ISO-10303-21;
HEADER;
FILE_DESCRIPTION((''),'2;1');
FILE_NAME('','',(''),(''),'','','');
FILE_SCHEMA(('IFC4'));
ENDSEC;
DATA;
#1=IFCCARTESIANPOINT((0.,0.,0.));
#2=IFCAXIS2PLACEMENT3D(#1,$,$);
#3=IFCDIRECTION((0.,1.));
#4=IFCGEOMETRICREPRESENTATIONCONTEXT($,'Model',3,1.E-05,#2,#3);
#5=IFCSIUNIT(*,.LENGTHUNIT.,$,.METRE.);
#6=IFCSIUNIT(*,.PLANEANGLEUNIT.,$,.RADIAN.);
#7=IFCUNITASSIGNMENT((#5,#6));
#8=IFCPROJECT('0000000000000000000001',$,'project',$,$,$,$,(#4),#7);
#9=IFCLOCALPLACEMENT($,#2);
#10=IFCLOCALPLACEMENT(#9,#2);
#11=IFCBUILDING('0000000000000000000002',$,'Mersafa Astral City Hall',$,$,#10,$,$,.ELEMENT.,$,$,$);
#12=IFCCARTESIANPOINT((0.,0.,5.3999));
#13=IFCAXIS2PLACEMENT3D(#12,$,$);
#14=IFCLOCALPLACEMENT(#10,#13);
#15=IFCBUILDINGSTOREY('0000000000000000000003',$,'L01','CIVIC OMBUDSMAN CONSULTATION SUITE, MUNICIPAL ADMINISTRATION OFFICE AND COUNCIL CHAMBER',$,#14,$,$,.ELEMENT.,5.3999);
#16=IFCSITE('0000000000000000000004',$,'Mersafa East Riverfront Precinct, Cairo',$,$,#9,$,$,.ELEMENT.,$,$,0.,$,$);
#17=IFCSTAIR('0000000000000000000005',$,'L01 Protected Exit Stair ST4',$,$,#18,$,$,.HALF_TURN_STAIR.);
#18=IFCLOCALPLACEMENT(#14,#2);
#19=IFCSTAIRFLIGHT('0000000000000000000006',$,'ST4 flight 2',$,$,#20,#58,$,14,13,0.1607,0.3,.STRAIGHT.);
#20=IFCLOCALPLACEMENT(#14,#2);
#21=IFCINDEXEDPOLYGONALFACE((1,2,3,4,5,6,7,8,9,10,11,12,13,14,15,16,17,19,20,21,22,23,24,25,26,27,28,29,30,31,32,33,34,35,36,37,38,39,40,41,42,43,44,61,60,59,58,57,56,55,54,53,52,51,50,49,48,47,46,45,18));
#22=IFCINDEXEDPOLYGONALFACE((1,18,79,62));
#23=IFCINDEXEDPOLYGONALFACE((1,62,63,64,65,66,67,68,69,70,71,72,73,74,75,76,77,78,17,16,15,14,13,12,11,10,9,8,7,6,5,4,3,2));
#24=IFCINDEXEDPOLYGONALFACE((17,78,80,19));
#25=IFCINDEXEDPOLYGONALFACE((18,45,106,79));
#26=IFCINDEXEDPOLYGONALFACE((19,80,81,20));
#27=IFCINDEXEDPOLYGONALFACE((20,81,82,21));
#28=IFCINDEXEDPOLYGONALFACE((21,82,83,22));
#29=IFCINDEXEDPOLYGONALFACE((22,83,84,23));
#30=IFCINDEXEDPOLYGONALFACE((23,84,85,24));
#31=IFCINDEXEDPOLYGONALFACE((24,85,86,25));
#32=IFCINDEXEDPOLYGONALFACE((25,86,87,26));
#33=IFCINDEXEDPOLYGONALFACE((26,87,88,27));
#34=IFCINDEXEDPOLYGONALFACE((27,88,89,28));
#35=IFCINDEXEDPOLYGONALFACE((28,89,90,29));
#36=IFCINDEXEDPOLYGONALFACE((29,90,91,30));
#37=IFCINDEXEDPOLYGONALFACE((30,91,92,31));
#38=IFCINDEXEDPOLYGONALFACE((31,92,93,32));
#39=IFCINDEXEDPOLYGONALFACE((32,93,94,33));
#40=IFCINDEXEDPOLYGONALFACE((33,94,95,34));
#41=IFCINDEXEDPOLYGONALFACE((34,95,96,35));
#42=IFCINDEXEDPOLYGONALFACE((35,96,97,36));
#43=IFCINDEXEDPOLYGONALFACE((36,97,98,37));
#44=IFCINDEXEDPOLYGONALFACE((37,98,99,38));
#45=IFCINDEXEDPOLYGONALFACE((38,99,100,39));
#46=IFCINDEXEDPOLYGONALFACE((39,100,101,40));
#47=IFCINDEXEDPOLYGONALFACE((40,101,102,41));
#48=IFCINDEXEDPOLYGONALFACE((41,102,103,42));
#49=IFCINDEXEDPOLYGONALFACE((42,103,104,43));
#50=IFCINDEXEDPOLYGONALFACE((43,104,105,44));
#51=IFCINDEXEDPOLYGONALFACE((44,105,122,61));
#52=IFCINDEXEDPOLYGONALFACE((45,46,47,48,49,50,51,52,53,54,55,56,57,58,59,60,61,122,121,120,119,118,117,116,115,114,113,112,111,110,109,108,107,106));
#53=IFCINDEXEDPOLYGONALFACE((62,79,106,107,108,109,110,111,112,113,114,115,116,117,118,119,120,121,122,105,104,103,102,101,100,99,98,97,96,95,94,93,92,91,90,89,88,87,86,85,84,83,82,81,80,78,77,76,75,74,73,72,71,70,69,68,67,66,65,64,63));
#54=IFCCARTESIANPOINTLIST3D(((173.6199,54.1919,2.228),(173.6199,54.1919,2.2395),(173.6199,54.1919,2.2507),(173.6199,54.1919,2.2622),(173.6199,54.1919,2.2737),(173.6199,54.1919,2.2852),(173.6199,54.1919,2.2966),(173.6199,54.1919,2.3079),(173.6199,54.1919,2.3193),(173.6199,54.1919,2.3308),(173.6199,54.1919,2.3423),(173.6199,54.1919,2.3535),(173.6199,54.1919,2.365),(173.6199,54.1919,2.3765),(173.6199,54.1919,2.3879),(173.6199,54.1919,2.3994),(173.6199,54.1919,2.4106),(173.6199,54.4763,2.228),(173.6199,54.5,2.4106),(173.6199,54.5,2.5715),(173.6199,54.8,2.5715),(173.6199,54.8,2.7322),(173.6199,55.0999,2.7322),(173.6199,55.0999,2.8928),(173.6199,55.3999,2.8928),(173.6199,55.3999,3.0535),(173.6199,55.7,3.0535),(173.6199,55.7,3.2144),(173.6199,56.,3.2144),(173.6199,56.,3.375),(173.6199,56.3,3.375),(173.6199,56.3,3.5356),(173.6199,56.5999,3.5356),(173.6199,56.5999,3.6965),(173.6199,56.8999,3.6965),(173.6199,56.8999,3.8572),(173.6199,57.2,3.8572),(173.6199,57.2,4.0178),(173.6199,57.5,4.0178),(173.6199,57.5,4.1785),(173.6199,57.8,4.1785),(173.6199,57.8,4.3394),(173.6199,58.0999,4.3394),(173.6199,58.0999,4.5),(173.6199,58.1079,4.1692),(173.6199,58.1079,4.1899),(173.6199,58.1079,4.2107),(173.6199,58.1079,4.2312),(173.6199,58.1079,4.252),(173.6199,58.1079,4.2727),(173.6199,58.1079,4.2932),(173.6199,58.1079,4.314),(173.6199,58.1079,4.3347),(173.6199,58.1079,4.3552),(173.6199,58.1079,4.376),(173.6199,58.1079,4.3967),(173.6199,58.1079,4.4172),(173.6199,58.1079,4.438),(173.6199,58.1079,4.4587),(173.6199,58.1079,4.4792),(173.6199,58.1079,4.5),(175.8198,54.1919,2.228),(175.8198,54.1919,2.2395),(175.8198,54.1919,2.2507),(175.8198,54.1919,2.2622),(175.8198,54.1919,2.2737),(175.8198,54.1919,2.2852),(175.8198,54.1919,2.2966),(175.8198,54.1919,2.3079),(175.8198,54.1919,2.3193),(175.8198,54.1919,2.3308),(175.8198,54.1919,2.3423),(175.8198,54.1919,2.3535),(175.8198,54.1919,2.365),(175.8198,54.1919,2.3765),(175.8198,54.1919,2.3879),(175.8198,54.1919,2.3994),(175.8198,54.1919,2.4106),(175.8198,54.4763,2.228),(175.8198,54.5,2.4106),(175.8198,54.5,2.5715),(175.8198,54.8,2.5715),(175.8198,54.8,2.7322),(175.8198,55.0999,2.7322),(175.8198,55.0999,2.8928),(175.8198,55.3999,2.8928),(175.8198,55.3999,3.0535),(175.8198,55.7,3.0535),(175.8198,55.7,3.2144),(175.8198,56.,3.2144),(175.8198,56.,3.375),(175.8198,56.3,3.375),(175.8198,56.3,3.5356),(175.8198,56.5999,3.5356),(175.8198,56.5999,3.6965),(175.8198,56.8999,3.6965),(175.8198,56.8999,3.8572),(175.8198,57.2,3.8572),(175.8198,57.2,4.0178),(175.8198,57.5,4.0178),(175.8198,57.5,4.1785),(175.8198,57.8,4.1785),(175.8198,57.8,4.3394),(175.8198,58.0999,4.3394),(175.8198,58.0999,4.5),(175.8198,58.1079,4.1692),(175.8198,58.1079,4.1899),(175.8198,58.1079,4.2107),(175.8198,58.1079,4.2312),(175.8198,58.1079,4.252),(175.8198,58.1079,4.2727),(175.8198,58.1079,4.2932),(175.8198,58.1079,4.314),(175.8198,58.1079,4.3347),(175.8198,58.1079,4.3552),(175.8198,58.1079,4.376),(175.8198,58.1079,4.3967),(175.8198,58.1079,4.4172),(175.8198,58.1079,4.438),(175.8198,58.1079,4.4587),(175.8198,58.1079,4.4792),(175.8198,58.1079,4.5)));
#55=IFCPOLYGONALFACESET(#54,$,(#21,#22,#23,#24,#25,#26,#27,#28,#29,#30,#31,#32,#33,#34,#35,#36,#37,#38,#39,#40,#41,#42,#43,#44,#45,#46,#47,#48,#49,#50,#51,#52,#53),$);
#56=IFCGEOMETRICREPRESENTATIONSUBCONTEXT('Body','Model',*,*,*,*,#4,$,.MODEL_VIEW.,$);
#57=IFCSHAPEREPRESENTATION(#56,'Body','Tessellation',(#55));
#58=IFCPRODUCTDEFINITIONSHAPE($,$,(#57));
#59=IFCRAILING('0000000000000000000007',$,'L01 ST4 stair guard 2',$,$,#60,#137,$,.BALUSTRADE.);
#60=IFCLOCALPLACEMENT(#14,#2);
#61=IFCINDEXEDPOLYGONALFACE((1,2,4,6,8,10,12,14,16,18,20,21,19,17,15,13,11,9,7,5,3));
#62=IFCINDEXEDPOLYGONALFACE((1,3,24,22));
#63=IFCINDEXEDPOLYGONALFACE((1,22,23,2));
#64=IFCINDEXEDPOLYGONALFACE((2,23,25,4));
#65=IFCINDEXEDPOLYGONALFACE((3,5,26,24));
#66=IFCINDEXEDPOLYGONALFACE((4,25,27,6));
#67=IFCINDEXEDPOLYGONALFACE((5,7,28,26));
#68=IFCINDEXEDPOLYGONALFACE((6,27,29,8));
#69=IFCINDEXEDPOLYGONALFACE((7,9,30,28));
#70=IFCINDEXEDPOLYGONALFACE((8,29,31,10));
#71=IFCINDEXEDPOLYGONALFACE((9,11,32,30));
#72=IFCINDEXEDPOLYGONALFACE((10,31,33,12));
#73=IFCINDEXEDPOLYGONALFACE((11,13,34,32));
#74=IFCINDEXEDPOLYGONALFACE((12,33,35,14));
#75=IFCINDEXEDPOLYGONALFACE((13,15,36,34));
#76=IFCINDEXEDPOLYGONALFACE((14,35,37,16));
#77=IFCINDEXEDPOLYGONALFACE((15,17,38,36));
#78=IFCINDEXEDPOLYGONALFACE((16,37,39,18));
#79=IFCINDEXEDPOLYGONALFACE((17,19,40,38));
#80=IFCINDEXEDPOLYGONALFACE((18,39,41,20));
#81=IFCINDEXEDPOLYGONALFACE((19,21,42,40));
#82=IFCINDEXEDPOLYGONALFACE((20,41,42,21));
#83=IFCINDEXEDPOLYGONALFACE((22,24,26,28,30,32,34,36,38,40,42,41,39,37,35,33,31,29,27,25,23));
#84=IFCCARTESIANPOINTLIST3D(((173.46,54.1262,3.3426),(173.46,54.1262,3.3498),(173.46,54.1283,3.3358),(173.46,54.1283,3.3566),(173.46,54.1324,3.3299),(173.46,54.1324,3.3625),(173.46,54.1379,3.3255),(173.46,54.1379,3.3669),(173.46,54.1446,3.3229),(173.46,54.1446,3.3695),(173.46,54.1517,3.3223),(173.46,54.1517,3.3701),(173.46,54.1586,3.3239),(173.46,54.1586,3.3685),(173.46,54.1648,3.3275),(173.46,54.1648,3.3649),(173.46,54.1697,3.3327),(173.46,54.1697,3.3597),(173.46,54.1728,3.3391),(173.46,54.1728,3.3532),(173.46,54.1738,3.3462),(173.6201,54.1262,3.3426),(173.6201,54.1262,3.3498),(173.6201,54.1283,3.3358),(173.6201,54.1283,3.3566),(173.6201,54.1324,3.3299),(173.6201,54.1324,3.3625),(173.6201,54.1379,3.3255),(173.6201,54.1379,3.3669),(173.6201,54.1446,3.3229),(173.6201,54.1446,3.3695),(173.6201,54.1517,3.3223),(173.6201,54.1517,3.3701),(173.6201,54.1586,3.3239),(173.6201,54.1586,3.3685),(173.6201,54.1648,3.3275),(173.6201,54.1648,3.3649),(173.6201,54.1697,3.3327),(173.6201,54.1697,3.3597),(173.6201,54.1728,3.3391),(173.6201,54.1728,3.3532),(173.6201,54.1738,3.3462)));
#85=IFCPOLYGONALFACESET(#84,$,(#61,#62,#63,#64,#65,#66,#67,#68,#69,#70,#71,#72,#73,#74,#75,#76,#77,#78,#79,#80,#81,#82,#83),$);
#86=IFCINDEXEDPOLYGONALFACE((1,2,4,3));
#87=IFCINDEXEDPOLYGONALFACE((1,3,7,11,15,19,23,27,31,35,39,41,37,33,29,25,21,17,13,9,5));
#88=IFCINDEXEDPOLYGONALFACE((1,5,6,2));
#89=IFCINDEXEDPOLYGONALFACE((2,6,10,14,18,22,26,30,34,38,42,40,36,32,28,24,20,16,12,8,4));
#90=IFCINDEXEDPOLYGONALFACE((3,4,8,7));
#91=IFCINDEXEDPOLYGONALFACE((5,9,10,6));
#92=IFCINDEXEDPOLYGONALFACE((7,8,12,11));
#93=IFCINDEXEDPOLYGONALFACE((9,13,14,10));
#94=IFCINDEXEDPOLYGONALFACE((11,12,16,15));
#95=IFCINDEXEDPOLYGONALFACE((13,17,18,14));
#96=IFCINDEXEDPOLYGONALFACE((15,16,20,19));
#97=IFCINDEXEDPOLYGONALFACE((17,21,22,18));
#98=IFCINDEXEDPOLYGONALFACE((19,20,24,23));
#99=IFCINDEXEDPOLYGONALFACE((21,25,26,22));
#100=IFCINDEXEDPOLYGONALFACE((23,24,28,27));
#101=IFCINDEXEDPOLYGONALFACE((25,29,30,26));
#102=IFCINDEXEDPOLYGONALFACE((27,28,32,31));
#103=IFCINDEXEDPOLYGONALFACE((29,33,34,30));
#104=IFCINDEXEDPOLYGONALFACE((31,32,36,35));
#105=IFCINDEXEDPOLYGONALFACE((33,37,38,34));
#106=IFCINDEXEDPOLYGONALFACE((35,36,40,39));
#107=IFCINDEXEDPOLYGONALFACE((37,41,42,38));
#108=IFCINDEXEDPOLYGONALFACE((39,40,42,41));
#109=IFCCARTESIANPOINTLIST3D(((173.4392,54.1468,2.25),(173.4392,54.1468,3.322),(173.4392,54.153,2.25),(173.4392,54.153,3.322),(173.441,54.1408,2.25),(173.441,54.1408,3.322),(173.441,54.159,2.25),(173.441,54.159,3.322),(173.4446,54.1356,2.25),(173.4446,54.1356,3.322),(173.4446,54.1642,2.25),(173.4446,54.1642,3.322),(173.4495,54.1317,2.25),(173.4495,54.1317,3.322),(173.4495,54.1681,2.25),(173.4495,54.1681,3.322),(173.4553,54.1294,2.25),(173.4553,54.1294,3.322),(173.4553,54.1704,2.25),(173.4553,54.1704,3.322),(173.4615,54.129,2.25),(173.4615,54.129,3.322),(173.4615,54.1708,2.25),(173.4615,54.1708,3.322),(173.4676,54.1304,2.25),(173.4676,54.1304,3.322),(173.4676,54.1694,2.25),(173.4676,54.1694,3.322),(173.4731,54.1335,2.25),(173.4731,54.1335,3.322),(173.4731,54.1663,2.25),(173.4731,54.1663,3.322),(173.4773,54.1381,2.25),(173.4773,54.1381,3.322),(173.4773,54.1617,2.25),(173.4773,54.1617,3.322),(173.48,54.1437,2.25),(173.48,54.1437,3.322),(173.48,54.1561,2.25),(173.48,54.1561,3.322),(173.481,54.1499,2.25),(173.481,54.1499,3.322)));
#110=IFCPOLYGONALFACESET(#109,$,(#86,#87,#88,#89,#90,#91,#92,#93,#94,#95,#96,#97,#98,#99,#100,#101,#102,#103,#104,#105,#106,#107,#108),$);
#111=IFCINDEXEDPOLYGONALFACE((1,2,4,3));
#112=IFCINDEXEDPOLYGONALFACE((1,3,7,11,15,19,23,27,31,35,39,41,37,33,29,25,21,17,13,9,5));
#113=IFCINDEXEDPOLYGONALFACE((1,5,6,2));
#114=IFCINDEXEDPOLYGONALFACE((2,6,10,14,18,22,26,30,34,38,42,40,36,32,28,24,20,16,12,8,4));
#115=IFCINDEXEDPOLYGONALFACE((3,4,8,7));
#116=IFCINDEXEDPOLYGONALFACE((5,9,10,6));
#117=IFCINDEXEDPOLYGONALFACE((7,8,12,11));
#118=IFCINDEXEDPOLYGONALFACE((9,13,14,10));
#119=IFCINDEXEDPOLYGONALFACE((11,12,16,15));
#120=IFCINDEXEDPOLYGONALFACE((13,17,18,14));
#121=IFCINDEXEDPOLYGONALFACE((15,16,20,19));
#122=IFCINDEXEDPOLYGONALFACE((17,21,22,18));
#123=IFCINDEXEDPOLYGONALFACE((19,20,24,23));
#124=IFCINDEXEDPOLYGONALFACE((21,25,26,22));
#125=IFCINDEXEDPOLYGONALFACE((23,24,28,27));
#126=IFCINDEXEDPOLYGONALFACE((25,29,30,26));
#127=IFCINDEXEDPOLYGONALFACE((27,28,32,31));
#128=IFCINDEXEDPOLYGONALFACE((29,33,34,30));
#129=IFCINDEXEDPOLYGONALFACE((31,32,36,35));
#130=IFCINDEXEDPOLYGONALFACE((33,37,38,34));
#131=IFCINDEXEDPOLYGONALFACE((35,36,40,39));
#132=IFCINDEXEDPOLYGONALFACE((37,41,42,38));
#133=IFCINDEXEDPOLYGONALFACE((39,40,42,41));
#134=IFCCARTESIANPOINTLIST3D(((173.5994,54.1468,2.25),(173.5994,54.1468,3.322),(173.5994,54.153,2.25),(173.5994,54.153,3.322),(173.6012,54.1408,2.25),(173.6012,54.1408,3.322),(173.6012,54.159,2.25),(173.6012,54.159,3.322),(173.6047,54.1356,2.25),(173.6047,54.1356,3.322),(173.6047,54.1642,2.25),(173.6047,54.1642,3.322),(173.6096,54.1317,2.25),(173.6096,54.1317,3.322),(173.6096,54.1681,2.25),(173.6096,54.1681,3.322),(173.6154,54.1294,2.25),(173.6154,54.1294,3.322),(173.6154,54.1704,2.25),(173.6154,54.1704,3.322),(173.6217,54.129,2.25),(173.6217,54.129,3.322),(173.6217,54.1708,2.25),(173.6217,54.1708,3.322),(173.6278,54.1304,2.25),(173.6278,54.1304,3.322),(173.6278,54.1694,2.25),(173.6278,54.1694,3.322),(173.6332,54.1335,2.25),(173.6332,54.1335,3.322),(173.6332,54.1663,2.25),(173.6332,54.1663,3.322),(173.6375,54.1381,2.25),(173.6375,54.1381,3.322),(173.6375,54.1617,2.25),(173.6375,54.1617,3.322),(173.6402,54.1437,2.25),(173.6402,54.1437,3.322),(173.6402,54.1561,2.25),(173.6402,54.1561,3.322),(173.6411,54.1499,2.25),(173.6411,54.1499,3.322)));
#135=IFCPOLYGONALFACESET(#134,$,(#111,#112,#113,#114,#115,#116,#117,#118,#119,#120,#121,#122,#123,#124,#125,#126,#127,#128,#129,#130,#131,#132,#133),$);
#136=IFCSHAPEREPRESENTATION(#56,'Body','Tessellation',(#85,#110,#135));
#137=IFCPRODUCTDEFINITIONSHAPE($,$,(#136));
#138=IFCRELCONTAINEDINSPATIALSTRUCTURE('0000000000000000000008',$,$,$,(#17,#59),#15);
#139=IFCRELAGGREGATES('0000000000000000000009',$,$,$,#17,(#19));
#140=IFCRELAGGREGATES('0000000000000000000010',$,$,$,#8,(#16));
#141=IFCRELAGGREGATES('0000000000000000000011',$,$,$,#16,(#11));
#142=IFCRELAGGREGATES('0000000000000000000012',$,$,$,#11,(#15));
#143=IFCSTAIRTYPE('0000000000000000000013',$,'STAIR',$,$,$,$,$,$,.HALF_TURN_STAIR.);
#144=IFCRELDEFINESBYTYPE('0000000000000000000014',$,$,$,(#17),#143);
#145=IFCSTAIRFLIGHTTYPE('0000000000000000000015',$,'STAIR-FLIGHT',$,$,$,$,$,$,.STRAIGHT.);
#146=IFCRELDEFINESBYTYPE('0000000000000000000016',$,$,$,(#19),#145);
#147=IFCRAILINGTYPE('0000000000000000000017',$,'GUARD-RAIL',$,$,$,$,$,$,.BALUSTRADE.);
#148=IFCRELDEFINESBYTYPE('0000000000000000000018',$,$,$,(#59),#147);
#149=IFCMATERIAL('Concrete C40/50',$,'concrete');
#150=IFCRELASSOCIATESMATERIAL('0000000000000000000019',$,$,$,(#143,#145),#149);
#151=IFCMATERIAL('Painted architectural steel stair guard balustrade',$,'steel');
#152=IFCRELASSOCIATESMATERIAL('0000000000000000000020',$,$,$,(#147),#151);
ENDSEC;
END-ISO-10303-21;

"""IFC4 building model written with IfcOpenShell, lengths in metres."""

from ifc_helpers import new_model, si_unit, direction, frame, origin, origin_2d, place, context, subcontext, project, spatial, polyline, circle, outline, extrude, material, type_object, element, aggregate, save


model = new_model("IFC4")

# Units and contexts
model_context = context("Model", 3, precision=1e-05, world=origin(), true_north=direction((0.0, 1.0)))
body_context = subcontext(model_context, "Body", "Model", "MODEL_VIEW")
ifc_project = project(units=[si_unit("LENGTHUNIT", "METRE"), si_unit("PLANEANGLEUNIT", "RADIAN")], contexts=[model_context])

# Site, building, storey
site_placement = place(None, origin())
site = spatial("IfcSite", under=ifc_project, at=site_placement, Name="Mersafa East Riverfront Precinct, Cairo", CompositionType="ELEMENT", RefElevation=0.0)
building_placement = place(site_placement, origin())
building = spatial("IfcBuilding", under=site, at=building_placement, Name="Mersafa Astral City Hall", CompositionType="ELEMENT")
storey_placement = place(building_placement, frame((0.0, 0.0, 5.3999)))
storey = spatial("IfcBuildingStorey", under=building, at=storey_placement, Name="L01", Description="CIVIC OMBUDSMAN CONSULTATION SUITE, MUNICIPAL ADMINISTRATION OFFICE AND COUNCIL CHAMBER", CompositionType="ELEMENT", Elevation=5.3999)

# Shared definitions
ifc_material_1 = material(Name="Concrete C40/50", Category="concrete")

# Stair, stair flight
stair_type = type_object("IfcStairType", Name="STAIR", PredefinedType="HALF_TURN_STAIR", material=ifc_material_1)
stair_placement = place(storey_placement, origin())
stair = element("IfcStair", 1, at=stair_placement, inside=storey, type_object=stair_type, Name="L01 Protected Exit Stair ST4", PredefinedType="HALF_TURN_STAIR")
stair_flight_type = type_object("IfcStairFlightType", Name="STAIR-FLIGHT", PredefinedType="STRAIGHT", material=ifc_material_1)
stair_flight_placement = place(storey_placement, frame((174.72, 54.2, 2.25), z_axis=(0.0, 0.0, 1.0), x_axis=(0.0, 1.0, 0.0)))
stair_flight = element("IfcStairFlight", 2, at=stair_flight_placement, type_object=stair_flight_type, Name="ST4 flight 2", NumberOfRisers=14, NumberOfTreads=13, PredefinedType="STRAIGHT", RiserHeight=0.1607, TreadLength=0.3, context=body_context, shape_type="SweptSolid", body=[
    extrude(outline(polyline([(-0.0081, -0.022), (-0.0081, -0.0105), (-0.0081, 0.0007), (-0.0081, 0.0122), (-0.0081, 0.0237), (-0.0081, 0.0352), (-0.0081, 0.0466), (-0.0081, 0.0579), (-0.0081, 0.0693), (-0.0081, 0.0808), (-0.0081, 0.0923), (-0.0081, 0.1035), (-0.0081, 0.115), (-0.0081, 0.1265), (-0.0081, 0.1379), (-0.0081, 0.1494), (-0.0081, 0.1606), (0.3, 0.1606), (0.3, 0.3215), (0.6001, 0.3215), (0.6001, 0.4822), (0.8999, 0.4822), (0.8999, 0.6428), (1.2, 0.6428), (1.2, 0.8035), (1.5, 0.8035), (1.5, 0.9644), (1.8, 0.9644), (1.8, 1.125), (2.1001, 1.125), (2.1001, 1.2856), (2.3999, 1.2856), (2.3999, 1.4465), (2.7, 1.4465), (2.7, 1.6072), (3.0, 1.6072), (3.0, 1.7678), (3.3, 1.7678), (3.3, 1.9285), (3.6001, 1.9285), (3.6001, 2.0894), (3.8999, 2.0894), (3.8999, 2.25), (3.908, 2.25), (3.908, 2.2292), (3.908, 2.2087), (3.908, 2.188), (3.908, 2.1672), (3.908, 2.1467), (3.908, 2.126), (3.908, 2.1052), (3.908, 2.0847), (3.908, 2.064), (3.908, 2.0432), (3.908, 2.0227), (3.908, 2.002), (3.908, 1.9812), (3.908, 1.9607), (3.908, 1.9399), (3.908, 1.9192), (0.2764, -0.022), (-0.0081, -0.022)])), frame((0.0, 1.1001, 0.0), z_axis=(0.0, -1.0, 0.0), x_axis=(1.0, 0.0, 0.0)), (0.0, 0.0, 1.0), 2.2),
])
aggregate(stair, [stair_flight])

# Railing
ifc_material_2 = material(Name="Painted architectural steel stair guard balustrade", Category="steel")
railing_type_1 = type_object("IfcRailingType", Name="GUARD-RAIL", PredefinedType="BALUSTRADE", material=ifc_material_2)
railing_1_placement = place(storey_placement, frame((173.46, 54.1499, 2.25)))
element("IfcRailing", 3, at=railing_1_placement, inside=storey, type_object=railing_type_1, Name="L01 ST4 stair guard 2", PredefinedType="BALUSTRADE", context=body_context, shape_type="SweptSolid", body=[
    extrude(circle(Radius=0.0239, at=origin_2d()), frame((0.0, 0.0, 1.0962), z_axis=(1.0, 0.0, 0.0), x_axis=(0.0, 1.0, 0.0)), (0.0, 0.0, 1.0), 0.1602),
    extrude(circle(Radius=0.021, at=origin_2d()), origin(), (0.0, 0.0, 1.0), 1.072),
    extrude(circle(Radius=0.021, at=origin_2d()), frame((0.1602, 0.0, 0.0)), (0.0, 0.0, 1.0), 1.072),
])

save(model, "model.ifc")
